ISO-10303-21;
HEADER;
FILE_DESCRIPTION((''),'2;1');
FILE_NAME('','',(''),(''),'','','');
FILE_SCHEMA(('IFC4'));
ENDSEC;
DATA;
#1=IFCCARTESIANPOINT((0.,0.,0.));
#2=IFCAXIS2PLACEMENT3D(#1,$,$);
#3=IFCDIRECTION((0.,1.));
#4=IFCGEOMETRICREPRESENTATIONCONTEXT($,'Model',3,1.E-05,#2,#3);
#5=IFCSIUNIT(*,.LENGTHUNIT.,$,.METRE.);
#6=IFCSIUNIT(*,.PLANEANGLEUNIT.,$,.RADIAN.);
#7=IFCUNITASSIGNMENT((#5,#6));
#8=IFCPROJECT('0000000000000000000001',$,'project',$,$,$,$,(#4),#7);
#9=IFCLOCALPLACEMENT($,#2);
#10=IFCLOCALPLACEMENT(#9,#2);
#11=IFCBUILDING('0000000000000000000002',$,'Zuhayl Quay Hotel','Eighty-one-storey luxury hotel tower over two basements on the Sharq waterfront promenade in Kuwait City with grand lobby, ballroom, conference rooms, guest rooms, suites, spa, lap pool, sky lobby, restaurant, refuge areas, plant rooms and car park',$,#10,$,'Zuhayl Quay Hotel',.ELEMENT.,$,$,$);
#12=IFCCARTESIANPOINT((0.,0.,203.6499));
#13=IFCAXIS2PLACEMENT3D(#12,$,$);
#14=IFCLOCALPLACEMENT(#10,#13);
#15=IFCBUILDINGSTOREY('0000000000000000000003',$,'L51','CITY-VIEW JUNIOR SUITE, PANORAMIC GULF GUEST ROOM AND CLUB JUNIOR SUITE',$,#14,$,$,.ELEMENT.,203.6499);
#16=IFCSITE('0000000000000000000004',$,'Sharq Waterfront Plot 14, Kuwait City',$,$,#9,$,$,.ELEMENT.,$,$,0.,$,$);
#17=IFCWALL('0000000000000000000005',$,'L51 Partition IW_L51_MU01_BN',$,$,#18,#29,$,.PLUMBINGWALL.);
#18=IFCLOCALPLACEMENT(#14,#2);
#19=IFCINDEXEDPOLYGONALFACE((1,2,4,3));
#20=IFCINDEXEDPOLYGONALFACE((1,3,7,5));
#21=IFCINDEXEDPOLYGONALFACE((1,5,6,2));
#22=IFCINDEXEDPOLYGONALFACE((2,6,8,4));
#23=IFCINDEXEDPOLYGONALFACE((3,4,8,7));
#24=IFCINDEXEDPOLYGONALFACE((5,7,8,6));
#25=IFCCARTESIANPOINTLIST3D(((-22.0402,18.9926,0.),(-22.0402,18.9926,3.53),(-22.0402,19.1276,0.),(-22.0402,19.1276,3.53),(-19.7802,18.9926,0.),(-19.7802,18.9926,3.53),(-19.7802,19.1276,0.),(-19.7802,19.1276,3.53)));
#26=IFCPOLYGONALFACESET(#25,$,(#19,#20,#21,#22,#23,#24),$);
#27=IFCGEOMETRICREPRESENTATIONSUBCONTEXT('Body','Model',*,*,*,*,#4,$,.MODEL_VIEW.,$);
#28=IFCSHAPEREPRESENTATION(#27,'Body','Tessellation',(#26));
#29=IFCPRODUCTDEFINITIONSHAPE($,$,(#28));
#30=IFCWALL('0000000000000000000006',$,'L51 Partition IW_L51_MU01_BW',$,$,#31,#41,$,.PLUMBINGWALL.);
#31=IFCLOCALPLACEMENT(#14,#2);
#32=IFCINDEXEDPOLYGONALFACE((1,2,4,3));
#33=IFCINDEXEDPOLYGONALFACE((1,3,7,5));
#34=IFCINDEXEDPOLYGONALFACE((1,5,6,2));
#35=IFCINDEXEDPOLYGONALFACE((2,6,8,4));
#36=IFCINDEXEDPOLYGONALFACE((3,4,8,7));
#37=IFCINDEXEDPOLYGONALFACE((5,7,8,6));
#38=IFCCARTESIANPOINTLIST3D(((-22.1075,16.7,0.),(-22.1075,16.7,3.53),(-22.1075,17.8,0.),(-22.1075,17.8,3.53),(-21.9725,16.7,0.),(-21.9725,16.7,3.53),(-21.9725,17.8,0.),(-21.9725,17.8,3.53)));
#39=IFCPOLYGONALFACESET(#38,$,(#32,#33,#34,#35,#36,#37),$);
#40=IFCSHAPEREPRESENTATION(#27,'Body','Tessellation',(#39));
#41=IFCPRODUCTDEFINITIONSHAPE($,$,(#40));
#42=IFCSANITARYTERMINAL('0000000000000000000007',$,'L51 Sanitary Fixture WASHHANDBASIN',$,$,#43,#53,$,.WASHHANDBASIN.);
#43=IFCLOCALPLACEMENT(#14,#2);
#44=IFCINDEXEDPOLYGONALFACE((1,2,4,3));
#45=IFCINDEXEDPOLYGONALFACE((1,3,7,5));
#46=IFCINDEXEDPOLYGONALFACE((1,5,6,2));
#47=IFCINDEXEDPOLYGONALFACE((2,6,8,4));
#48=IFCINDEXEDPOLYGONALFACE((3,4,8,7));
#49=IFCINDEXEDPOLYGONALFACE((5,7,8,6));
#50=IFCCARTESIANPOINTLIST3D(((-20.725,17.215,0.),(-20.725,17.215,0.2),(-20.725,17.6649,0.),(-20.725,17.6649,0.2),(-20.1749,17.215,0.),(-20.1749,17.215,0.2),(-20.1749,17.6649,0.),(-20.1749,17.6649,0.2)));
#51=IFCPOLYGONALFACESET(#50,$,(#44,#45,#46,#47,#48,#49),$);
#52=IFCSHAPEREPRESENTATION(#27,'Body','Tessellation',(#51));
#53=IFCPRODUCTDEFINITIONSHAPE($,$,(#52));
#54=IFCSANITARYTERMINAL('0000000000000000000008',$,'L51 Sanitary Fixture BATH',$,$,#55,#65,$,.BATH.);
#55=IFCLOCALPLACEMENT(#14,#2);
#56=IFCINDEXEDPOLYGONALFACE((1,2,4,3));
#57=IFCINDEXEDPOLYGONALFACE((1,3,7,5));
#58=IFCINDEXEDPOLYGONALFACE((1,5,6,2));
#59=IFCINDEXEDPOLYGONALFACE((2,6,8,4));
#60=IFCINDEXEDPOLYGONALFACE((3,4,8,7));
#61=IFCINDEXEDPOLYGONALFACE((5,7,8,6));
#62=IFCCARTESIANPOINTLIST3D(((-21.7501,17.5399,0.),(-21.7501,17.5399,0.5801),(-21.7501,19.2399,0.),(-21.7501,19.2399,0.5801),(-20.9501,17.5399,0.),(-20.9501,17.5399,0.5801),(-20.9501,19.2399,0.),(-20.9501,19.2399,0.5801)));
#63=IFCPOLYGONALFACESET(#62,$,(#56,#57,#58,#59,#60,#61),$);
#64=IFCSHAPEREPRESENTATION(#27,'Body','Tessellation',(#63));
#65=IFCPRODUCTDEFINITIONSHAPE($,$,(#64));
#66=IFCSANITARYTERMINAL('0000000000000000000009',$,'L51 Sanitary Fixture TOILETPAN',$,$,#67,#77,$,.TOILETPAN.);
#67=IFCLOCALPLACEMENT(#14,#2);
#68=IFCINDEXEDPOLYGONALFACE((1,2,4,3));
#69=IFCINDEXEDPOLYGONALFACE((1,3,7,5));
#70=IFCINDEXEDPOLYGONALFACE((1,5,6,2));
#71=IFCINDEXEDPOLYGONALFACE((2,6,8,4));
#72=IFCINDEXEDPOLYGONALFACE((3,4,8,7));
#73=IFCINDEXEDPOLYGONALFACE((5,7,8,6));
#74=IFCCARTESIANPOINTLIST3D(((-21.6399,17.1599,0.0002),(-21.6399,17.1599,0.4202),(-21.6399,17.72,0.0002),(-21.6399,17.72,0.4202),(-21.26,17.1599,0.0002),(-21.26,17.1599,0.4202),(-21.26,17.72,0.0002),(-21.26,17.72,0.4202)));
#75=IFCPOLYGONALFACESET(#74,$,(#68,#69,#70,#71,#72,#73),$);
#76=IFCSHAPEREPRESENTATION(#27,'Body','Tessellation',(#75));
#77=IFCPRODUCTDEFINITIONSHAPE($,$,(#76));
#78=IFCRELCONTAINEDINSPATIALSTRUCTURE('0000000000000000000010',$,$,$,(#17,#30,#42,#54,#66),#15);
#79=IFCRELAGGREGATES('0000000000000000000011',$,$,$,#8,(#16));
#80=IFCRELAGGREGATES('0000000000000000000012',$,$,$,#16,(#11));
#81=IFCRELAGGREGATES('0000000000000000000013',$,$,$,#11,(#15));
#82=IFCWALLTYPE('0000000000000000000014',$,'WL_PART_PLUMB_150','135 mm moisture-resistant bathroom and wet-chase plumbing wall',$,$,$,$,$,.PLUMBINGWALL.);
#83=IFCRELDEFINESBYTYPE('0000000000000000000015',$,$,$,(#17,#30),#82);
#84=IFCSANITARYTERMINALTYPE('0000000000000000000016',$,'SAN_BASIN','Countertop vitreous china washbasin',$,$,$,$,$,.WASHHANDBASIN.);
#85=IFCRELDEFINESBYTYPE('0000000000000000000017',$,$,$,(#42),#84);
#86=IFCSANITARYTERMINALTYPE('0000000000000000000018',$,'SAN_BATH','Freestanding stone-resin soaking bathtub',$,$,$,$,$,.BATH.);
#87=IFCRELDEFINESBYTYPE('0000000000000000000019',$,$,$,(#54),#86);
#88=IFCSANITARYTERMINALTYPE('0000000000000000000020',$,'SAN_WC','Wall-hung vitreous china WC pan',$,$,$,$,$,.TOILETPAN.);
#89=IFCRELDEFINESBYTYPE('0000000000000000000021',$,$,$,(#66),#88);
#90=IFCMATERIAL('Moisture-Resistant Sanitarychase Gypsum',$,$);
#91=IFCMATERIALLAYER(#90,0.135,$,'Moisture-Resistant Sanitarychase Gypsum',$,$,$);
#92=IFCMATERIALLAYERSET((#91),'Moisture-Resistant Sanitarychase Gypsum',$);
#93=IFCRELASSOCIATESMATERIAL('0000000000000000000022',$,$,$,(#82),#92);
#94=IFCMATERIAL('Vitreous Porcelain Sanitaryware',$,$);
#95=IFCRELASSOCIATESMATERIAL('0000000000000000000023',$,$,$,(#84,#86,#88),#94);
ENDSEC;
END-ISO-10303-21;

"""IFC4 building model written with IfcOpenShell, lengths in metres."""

from ifc_helpers import new_model, si_unit, direction, frame, frame_2d, origin, origin_2d, place, context, subcontext, project, spatial, rectangle, extrude, material, layer, layer_set, type_object, element, save


model = new_model("IFC4")

# Units and contexts
model_context = context("Model", 3, precision=1e-05, world=origin(), true_north=direction((0.0, 1.0)))
body_context = subcontext(model_context, "Body", "Model", "MODEL_VIEW")
ifc_project = project(units=[si_unit("LENGTHUNIT", "METRE"), si_unit("PLANEANGLEUNIT", "RADIAN")], contexts=[model_context])

# Site, building, storey
site_placement = place(None, origin())
site = spatial("IfcSite", under=ifc_project, at=site_placement, Name="Sharq Waterfront Plot 14, Kuwait City", CompositionType="ELEMENT", RefElevation=0.0)
building_placement = place(site_placement, origin())
building = spatial("IfcBuilding", under=site, at=building_placement, Name="Zuhayl Quay Hotel", Description="Eighty-one-storey luxury hotel tower over two basements on the Sharq waterfront promenade in Kuwait City with grand lobby, ballroom, conference rooms, guest rooms, suites, spa, lap pool, sky lobby, restaurant, refuge areas, plant rooms and car park", LongName="Zuhayl Quay Hotel", CompositionType="ELEMENT")
storey_placement = place(building_placement, frame((0.0, 0.0, 203.6499)))
storey = spatial("IfcBuildingStorey", under=building, at=storey_placement, Name="L51", Description="CITY-VIEW JUNIOR SUITE, PANORAMIC GULF GUEST ROOM AND CLUB JUNIOR SUITE", CompositionType="ELEMENT", Elevation=203.6499)

# Shared definitions
ifc_material_1 = material(Name="Moisture-Resistant Sanitarychase Gypsum")
ifc_layer_1 = layer(ifc_material_1, 0.135, Name="Moisture-Resistant Sanitarychase Gypsum")
ifc_layer_set_1 = layer_set([ifc_layer_1], Name="Moisture-Resistant Sanitarychase Gypsum")
wall_type_1 = type_object("IfcWallType", Name="WL_PART_PLUMB_150", Description="135 mm moisture-resistant bathroom and wet-chase plumbing wall", PredefinedType="PLUMBINGWALL", material=ifc_layer_set_1)

# Walls
wall_1_placement = place(storey_placement, frame((-22.04, 19.0601, 0.0), z_axis=(0.0, 0.0, 1.0), x_axis=(1.0, 0.0, 0.0)))
element("IfcWall", 1, at=wall_1_placement, inside=storey, type_object=wall_type_1, Name="L51 Partition IW_L51_MU01_BN", PredefinedType="PLUMBINGWALL", context=body_context, shape_type="SweptSolid", body=[
    extrude(rectangle(XDim=2.26, YDim=0.135, at=frame_2d((1.1299, 0.0))), origin(), (0.0, 0.0, 1.0), 3.53),
])
wall_2_placement = place(storey_placement, frame((-22.04, 16.7, 0.0), z_axis=(0.0, 0.0, 1.0), x_axis=(0.0, 1.0, 0.0)))
element("IfcWall", 2, at=wall_2_placement, inside=storey, type_object=wall_type_1, Name="L51 Partition IW_L51_MU01_BW", PredefinedType="PLUMBINGWALL", context=body_context, shape_type="SweptSolid", body=[
    extrude(rectangle(XDim=1.1001, YDim=0.135, at=frame_2d((0.55, 0.0))), origin(), (0.0, 0.0, 1.0), 3.53),
])

# Sanitary terminals
ifc_material_2 = material(Name="Vitreous Porcelain Sanitaryware")
sanitary_terminal_type_1 = type_object("IfcSanitaryTerminalType", Name="SAN_BASIN", Description="Countertop vitreous china washbasin", PredefinedType="WASHHANDBASIN", material=ifc_material_2)
sanitary_terminal_1_placement = place(storey_placement, frame((-20.45, 17.4399, 0.0), z_axis=(0.0, 0.0, 1.0), x_axis=(1.0, 0.0, 0.0)))
element("IfcSanitaryTerminal", 3, at=sanitary_terminal_1_placement, inside=storey, type_object=sanitary_terminal_type_1, Name="L51 Sanitary Fixture WASHHANDBASIN", PredefinedType="WASHHANDBASIN", context=body_context, shape_type="SweptSolid", body=[
    extrude(rectangle(XDim=0.55, YDim=0.45, at=origin_2d()), origin(), (0.0, 0.0, 1.0), 0.2),
])
sanitary_terminal_type_2 = type_object("IfcSanitaryTerminalType", Name="SAN_BATH", Description="Freestanding stone-resin soaking bathtub", PredefinedType="BATH", material=ifc_material_2)
sanitary_terminal_2_placement = place(storey_placement, frame((-21.3501, 18.3899, 0.0), z_axis=(0.0, 0.0, 1.0), x_axis=(1.0, 0.0, 0.0)))
element("IfcSanitaryTerminal", 4, at=sanitary_terminal_2_placement, inside=storey, type_object=sanitary_terminal_type_2, Name="L51 Sanitary Fixture BATH", PredefinedType="BATH", context=body_context, shape_type="SweptSolid", body=[
    extrude(rectangle(XDim=0.8, YDim=1.7, at=origin_2d()), origin(), (0.0, 0.0, 1.0), 0.5801),
])
sanitary_terminal_type_3 = type_object("IfcSanitaryTerminalType", Name="SAN_WC", Description="Wall-hung vitreous china WC pan", PredefinedType="TOILETPAN", material=ifc_material_2)
sanitary_terminal_3_placement = place(storey_placement, frame((-21.45, 17.4399, 0.0002), z_axis=(0.0, 0.0, 1.0), x_axis=(1.0, 0.0, 0.0)))
element("IfcSanitaryTerminal", 5, at=sanitary_terminal_3_placement, inside=storey, type_object=sanitary_terminal_type_3, Name="L51 Sanitary Fixture TOILETPAN", PredefinedType="TOILETPAN", context=body_context, shape_type="SweptSolid", body=[
    extrude(rectangle(XDim=0.3799, YDim=0.5601, at=origin_2d()), origin(), (0.0, 0.0, 1.0), 0.4199),
])

save(model, "model.ifc")
